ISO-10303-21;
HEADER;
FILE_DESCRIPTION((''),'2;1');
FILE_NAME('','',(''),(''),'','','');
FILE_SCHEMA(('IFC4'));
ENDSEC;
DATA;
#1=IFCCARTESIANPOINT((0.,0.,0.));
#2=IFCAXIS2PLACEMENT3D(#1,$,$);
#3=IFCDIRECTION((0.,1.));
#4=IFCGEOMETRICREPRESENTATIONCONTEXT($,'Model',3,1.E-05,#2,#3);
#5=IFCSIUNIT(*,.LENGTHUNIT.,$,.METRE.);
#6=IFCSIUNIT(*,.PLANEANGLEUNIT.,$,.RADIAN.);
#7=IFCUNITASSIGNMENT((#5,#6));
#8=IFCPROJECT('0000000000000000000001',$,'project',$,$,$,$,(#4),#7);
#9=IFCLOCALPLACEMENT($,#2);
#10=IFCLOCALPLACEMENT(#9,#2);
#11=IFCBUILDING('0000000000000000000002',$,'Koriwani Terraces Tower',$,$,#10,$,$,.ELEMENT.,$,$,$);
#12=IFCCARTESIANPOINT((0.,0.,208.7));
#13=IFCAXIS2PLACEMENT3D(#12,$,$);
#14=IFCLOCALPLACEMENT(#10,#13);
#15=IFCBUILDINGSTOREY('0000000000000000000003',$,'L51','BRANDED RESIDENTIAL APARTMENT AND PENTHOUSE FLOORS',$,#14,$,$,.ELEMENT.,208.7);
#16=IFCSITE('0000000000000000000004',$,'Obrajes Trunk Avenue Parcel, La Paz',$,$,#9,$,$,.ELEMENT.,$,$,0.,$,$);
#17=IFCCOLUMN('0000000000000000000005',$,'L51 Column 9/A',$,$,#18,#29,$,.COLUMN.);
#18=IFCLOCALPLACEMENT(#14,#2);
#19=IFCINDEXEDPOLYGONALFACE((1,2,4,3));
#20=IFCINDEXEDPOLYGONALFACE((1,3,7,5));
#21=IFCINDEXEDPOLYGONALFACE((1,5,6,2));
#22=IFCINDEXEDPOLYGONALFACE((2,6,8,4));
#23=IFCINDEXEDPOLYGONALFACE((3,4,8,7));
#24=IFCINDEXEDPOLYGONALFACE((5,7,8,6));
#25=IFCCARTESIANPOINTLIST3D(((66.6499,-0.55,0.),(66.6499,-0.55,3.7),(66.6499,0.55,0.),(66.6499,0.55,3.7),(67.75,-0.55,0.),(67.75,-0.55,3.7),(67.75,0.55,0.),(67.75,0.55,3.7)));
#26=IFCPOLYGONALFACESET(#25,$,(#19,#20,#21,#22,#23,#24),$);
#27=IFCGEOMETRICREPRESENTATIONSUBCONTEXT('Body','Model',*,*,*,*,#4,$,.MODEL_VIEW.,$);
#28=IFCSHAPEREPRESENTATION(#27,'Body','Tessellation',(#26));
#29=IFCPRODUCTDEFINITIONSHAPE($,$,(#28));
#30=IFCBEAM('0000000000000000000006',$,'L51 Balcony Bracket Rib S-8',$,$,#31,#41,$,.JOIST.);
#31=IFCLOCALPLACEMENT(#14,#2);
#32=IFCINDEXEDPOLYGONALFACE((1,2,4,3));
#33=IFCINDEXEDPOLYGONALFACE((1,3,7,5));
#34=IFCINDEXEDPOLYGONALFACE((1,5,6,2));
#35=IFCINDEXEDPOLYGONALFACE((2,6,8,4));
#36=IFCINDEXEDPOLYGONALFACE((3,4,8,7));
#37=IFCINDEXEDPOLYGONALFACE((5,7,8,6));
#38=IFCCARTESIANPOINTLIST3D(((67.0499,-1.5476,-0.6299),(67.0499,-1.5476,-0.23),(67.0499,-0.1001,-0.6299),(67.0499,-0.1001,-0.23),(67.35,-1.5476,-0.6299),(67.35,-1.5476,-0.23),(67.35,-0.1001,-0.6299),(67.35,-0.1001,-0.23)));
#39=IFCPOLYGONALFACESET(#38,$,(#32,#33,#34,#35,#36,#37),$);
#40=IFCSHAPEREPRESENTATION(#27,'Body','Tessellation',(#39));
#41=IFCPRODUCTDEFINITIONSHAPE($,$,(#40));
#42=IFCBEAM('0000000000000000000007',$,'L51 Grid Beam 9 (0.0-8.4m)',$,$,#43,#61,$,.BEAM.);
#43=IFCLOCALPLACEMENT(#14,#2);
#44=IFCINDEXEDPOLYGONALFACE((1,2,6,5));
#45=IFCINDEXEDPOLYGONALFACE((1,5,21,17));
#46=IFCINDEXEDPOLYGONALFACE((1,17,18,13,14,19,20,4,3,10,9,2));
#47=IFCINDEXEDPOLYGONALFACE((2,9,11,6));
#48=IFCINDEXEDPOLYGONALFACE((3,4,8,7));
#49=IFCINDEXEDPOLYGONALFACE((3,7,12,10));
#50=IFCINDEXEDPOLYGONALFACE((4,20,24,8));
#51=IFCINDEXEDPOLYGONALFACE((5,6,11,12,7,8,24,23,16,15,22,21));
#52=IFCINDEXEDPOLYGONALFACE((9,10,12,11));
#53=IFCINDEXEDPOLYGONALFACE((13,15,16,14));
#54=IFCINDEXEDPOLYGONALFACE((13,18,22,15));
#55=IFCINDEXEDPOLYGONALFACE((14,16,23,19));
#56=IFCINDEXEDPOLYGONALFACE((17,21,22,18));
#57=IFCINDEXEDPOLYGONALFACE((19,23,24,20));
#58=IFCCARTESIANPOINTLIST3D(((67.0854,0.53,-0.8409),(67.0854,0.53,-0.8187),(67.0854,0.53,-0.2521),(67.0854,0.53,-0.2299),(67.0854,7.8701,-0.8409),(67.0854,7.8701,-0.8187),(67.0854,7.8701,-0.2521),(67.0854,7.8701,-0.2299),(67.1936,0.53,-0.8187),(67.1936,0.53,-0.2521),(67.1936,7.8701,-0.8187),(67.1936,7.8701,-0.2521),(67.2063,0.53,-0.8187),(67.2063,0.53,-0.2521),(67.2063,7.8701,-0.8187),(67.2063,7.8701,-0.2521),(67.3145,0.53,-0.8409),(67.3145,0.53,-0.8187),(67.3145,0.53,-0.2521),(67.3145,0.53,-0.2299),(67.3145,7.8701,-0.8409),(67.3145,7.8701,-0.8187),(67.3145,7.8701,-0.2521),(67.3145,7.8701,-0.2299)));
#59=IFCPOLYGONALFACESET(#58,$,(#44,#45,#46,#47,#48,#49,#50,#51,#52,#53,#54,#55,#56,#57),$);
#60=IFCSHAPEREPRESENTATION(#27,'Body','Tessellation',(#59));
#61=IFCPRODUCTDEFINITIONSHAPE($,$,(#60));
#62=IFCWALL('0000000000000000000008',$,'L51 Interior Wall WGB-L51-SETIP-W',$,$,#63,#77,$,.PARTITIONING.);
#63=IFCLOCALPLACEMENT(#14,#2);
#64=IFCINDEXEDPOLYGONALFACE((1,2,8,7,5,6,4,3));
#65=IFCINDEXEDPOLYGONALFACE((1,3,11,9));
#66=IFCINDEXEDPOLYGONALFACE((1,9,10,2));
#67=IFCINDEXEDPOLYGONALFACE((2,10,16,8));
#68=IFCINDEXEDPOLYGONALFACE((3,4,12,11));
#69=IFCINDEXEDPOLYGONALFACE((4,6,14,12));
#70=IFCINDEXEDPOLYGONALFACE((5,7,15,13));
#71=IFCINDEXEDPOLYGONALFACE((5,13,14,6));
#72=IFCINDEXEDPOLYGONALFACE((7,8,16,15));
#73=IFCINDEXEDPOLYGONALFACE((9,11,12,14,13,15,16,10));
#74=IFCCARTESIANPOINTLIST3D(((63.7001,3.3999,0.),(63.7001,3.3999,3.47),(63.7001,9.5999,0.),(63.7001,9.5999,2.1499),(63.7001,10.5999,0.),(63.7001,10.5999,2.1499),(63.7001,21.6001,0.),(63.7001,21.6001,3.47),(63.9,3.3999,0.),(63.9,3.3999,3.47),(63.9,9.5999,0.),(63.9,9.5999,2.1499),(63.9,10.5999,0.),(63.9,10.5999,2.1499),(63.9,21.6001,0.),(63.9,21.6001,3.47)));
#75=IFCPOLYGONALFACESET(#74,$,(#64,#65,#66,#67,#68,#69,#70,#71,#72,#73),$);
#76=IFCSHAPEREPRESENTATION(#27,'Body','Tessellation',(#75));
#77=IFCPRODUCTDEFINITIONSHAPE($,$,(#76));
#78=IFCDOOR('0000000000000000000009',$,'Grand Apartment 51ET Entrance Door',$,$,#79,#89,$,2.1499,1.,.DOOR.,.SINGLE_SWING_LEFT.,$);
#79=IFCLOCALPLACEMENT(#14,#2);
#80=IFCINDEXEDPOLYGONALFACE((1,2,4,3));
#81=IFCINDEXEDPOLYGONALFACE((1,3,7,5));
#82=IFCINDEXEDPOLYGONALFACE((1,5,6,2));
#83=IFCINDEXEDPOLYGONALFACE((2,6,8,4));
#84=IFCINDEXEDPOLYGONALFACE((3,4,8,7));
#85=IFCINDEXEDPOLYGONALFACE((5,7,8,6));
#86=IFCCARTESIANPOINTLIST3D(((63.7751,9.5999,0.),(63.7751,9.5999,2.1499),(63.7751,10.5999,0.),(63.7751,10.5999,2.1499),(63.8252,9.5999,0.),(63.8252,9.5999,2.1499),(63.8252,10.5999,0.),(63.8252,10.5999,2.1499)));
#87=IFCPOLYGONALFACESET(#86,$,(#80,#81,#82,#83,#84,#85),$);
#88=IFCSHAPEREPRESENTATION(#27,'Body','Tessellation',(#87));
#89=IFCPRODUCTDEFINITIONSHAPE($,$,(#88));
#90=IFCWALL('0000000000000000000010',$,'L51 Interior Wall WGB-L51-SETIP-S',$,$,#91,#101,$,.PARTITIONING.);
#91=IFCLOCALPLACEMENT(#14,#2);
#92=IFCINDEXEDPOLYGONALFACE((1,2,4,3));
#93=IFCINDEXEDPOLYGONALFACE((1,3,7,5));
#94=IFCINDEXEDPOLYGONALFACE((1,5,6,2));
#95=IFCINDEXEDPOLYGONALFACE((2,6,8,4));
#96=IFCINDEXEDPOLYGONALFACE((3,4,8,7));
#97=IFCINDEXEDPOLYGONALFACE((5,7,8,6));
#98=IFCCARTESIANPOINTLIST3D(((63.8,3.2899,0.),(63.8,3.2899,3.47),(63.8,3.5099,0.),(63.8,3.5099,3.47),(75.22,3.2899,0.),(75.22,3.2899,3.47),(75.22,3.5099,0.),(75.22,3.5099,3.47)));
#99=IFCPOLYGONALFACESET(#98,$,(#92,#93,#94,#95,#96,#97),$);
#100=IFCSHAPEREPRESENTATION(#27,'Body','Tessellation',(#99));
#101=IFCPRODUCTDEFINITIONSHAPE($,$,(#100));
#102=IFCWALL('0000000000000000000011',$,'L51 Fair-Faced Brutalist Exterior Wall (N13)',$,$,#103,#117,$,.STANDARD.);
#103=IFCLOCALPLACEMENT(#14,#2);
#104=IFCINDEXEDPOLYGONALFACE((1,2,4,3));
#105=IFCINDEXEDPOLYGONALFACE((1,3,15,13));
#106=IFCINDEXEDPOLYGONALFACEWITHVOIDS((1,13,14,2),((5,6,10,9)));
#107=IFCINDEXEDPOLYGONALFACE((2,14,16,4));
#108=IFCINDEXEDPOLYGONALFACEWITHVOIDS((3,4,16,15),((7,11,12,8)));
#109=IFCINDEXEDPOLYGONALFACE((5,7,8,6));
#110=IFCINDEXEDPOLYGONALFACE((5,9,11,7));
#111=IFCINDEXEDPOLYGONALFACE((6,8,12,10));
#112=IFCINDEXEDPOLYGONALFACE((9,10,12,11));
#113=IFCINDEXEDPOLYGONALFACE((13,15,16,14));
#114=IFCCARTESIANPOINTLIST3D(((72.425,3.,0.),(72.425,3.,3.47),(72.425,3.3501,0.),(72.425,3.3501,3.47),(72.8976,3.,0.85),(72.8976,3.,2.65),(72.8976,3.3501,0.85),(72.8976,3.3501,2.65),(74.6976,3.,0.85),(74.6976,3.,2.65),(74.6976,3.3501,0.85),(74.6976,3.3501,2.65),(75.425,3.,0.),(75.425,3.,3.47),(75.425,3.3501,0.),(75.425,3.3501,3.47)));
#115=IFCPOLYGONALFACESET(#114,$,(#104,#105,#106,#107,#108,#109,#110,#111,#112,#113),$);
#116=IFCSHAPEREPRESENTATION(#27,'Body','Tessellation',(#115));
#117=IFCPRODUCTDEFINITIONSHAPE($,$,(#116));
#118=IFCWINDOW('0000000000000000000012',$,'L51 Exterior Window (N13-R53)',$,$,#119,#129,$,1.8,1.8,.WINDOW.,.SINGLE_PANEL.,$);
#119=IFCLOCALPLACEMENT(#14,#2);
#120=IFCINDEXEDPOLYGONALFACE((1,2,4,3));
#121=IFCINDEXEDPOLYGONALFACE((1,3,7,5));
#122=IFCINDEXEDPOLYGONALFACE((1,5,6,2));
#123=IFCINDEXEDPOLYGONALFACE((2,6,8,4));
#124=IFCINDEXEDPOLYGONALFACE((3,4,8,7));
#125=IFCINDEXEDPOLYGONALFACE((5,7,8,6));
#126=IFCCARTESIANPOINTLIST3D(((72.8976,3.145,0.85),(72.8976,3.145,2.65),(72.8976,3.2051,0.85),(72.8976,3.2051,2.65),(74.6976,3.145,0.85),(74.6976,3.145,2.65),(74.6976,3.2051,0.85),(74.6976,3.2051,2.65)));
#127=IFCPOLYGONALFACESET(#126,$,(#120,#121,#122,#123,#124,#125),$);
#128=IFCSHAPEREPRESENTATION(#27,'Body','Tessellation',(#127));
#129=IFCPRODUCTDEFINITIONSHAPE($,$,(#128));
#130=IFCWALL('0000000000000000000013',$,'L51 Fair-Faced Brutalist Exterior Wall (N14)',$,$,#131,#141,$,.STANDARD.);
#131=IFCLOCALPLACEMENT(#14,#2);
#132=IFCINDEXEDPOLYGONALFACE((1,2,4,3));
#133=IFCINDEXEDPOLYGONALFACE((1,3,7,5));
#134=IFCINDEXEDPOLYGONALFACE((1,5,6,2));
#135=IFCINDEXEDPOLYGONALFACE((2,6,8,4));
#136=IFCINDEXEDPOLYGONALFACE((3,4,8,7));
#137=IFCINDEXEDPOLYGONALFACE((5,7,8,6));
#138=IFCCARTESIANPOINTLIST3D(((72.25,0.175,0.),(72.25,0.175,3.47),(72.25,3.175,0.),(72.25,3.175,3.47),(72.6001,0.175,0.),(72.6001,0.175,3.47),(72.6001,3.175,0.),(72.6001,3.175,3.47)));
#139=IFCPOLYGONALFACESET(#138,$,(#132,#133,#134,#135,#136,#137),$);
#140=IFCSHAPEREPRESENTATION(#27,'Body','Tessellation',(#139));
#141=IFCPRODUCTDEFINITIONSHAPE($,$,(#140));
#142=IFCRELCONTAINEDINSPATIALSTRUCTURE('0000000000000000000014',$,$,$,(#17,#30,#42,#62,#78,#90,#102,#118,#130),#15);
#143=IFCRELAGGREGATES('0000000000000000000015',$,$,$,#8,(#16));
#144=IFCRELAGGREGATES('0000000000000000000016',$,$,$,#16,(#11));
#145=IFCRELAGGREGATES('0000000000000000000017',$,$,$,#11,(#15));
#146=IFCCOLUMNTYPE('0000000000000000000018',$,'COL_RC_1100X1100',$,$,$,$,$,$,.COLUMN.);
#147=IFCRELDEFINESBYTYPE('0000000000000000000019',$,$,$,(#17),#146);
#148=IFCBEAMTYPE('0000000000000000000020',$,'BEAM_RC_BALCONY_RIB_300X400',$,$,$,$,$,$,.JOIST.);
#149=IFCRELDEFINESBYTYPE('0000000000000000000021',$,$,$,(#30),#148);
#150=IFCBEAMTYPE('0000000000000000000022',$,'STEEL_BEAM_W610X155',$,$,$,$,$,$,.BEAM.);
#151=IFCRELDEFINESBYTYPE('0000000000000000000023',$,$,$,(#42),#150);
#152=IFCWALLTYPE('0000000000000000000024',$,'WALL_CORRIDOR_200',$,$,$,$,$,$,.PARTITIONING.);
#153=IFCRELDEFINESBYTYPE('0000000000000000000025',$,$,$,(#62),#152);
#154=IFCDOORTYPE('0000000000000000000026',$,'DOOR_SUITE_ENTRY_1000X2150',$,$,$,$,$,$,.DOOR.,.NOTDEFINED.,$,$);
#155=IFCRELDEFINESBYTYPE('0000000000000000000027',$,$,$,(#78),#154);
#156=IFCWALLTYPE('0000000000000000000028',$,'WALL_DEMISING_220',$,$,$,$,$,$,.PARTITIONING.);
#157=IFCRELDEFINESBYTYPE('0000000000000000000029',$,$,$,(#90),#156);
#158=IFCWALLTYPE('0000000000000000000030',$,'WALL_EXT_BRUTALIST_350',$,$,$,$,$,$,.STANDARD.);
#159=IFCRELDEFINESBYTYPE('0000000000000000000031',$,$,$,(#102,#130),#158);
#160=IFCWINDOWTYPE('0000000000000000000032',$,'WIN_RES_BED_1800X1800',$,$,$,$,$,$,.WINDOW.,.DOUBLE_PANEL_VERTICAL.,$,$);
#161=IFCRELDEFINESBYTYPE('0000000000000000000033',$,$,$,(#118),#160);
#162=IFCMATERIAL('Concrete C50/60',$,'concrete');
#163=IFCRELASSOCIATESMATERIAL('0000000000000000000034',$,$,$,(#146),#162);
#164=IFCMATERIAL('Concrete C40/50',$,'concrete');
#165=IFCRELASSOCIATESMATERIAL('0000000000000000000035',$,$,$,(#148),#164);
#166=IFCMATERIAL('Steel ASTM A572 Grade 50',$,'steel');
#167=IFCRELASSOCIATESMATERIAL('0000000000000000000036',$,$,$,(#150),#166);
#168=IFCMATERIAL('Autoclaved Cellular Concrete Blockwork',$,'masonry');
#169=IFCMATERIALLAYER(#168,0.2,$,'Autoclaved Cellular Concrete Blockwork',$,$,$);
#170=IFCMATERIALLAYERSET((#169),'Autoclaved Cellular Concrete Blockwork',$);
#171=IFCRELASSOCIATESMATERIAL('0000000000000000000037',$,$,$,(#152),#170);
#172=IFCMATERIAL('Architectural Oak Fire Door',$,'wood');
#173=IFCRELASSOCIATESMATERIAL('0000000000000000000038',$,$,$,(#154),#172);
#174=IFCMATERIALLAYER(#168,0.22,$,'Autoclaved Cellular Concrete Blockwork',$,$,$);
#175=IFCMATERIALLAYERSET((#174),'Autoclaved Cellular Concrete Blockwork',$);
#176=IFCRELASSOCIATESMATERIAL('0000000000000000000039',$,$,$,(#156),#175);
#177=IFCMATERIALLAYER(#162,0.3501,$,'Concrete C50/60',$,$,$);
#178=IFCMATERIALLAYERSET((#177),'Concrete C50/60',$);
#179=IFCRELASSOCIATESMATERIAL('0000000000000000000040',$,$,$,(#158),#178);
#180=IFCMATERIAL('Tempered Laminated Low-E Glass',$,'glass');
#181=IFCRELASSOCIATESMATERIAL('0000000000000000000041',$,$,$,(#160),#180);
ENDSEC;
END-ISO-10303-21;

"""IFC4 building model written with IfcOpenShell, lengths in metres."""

from ifc_helpers import new_model, si_unit, direction, frame, frame_2d, origin, origin_2d, place, context, subcontext, project, spatial, rectangle, i_section, extrude, material, layer, layer_set, material_profile, profile_set, type_object, element, fill, save


model = new_model("IFC4")

# Units and contexts
model_context = context("Model", 3, precision=1e-05, world=origin(), true_north=direction((0.0, 1.0)))
body_context = subcontext(model_context, "Body", "Model", "MODEL_VIEW")
ifc_project = project(units=[si_unit("LENGTHUNIT", "METRE"), si_unit("PLANEANGLEUNIT", "RADIAN")], contexts=[model_context])

# Site, building, storey
site_placement = place(None, origin())
site = spatial("IfcSite", under=ifc_project, at=site_placement, Name="Obrajes Trunk Avenue Parcel, La Paz", CompositionType="ELEMENT", RefElevation=0.0)
building_placement = place(site_placement, origin())
building = spatial("IfcBuilding", under=site, at=building_placement, Name="Koriwani Terraces Tower", CompositionType="ELEMENT")
storey_placement = place(building_placement, frame((0.0, 0.0, 208.7)))
storey = spatial("IfcBuildingStorey", under=building, at=storey_placement, Name="L51", Description="BRANDED RESIDENTIAL APARTMENT AND PENTHOUSE FLOORS", CompositionType="ELEMENT", Elevation=208.7)

# Column
ifc_material_1 = material(Name="Concrete C50/60", Category="concrete")
ifc_material_profile_1 = material_profile(ifc_material_1, rectangle(XDim=1.1001, YDim=1.1001, at=origin_2d()), Name="Concrete C50/60", Category="LoadBearing")
ifc_profile_set_1 = profile_set([ifc_material_profile_1], Name="Concrete C50/60")
column_type = type_object("IfcColumnType", Name="COL_RC_1100X1100", PredefinedType="COLUMN", material=ifc_profile_set_1)
column_placement = place(storey_placement, frame((67.2, 0.0, 0.0), z_axis=(0.0, 0.0, 1.0), x_axis=(1.0, 0.0, 0.0)))
element("IfcColumn", 1, at=column_placement, inside=storey, type_object=column_type, Name="L51 Column 9/A", PredefinedType="COLUMN", context=body_context, shape_type="SweptSolid", body=[
    extrude(rectangle(XDim=1.1001, YDim=1.1001, at=origin_2d()), origin(), (0.0, 0.0, 1.0), 3.7),
])

# Beams
ifc_material_2 = material(Name="Concrete C40/50", Category="concrete")
ifc_material_profile_2 = material_profile(ifc_material_2, rectangle(XDim=0.3, YDim=0.3999, at=origin_2d()), Name="Concrete C40/50", Category="LoadBearing")
ifc_profile_set_2 = profile_set([ifc_material_profile_2], Name="Concrete C40/50")
beam_type_1 = type_object("IfcBeamType", Name="BEAM_RC_BALCONY_RIB_300X400", PredefinedType="JOIST", material=ifc_profile_set_2)
beam_1_placement = place(storey_placement, frame((67.2, -1.5476, -0.4299), z_axis=(0.0, 1.0, 0.0), x_axis=(-1.0, 0.0, 0.0)))
element("IfcBeam", 2, at=beam_1_placement, inside=storey, type_object=beam_type_1, Name="L51 Balcony Bracket Rib S-8", PredefinedType="JOIST", context=body_context, shape_type="SweptSolid", body=[
    extrude(rectangle(XDim=0.3, YDim=0.3999, at=origin_2d()), origin(), (0.0, 0.0, 1.0), 1.4475),
])
ifc_material_3 = material(Name="Steel ASTM A572 Grade 50", Category="steel")
ifc_material_profile_3 = material_profile(ifc_material_3, i_section(OverallWidth=0.229, OverallDepth=0.6111, WebThickness=0.0127, FlangeThickness=0.0222, at=origin_2d()), Name="Steel ASTM A572 Grade 50", Category="LoadBearing")
ifc_profile_set_3 = profile_set([ifc_material_profile_3], Name="Steel ASTM A572 Grade 50")
beam_type_2 = type_object("IfcBeamType", Name="STEEL_BEAM_W610X155", PredefinedType="BEAM", material=ifc_profile_set_3)
beam_2_placement = place(storey_placement, frame((67.2, 0.53, -0.5354), z_axis=(0.0, 1.0, 0.0), x_axis=(-1.0, 0.0, 0.0)))
element("IfcBeam", 3, at=beam_2_placement, inside=storey, type_object=beam_type_2, Name="L51 Grid Beam 9 (0.0-8.4m)", PredefinedType="BEAM", context=body_context, shape_type="SweptSolid", body=[
    extrude(i_section(OverallWidth=0.229, OverallDepth=0.6111, WebThickness=0.0127, FlangeThickness=0.0222, at=origin_2d()), origin(), (0.0, 0.0, 1.0), 7.3401),
])

# Wall, opening, door
ifc_material_4 = material(Name="Autoclaved Cellular Concrete Blockwork", Category="masonry")
ifc_layer_1 = layer(ifc_material_4, 0.2, Name="Autoclaved Cellular Concrete Blockwork")
ifc_layer_set_1 = layer_set([ifc_layer_1], Name="Autoclaved Cellular Concrete Blockwork")
wall_type_1 = type_object("IfcWallType", Name="WALL_CORRIDOR_200", PredefinedType="PARTITIONING", material=ifc_layer_set_1)
wall_1_placement = place(storey_placement, frame((63.8, 3.3999, 0.0), z_axis=(0.0, 0.0, 1.0), x_axis=(0.0, 1.0, 0.0)))
wall_1 = element("IfcWall", 4, at=wall_1_placement, inside=storey, type_object=wall_type_1, Name="L51 Interior Wall WGB-L51-SETIP-W", PredefinedType="PARTITIONING", context=body_context, shape_type="SweptSolid", body=[
    extrude(rectangle(XDim=18.2002, YDim=0.2, at=frame_2d((9.1001, 0.0))), origin(), (0.0, 0.0, 1.0), 3.47),
])
opening_1_placement = place(wall_1_placement, frame((6.2, 0.0, 0.0)))
opening_1 = element("IfcOpeningElement", 5, at=opening_1_placement, cuts=wall_1, PredefinedType="OPENING", context=body_context, shape_type="SweptSolid", body=[
    extrude(rectangle(XDim=1.0, YDim=2.1499, at=frame_2d((0.5, 1.075))), frame((0.0, 0.1099, 0.0), z_axis=(0.0, -1.0, 0.0), x_axis=(1.0, 0.0, 0.0)), (0.0, 0.0, 1.0), 0.22),
])
ifc_material_5 = material(Name="Architectural Oak Fire Door", Category="wood")
door_type_1 = type_object("IfcDoorType", Name="DOOR_SUITE_ENTRY_1000X2150", OperationType="NOTDEFINED", PredefinedType="DOOR", material=ifc_material_5)
door_1_placement = place(opening_1_placement, origin())
door_1 = element("IfcDoor", 6, at=door_1_placement, inside=storey, type_object=door_type_1, Name="Grand Apartment 51ET Entrance Door", OperationType="SINGLE_SWING_LEFT", OverallHeight=2.1499, OverallWidth=1.0, PredefinedType="DOOR", context=body_context, shape_type="SweptSolid", body=[
    extrude(rectangle(XDim=1.0, YDim=2.1499, at=frame_2d((0.5, 1.075))), frame((0.0, 0.0249, 0.0), z_axis=(0.0, -1.0, 0.0), x_axis=(1.0, 0.0, 0.0)), (0.0, 0.0, 1.0), 0.05),
])
fill(opening_1, door_1)

# Wall
ifc_layer_2 = layer(ifc_material_4, 0.22, Name="Autoclaved Cellular Concrete Blockwork")
ifc_layer_set_2 = layer_set([ifc_layer_2], Name="Autoclaved Cellular Concrete Blockwork")
wall_type_2 = type_object("IfcWallType", Name="WALL_DEMISING_220", PredefinedType="PARTITIONING", material=ifc_layer_set_2)
wall_2_placement = place(storey_placement, frame((63.8, 3.3999, 0.0), z_axis=(0.0, 0.0, 1.0), x_axis=(1.0, 0.0, 0.0)))
element("IfcWall", 7, at=wall_2_placement, inside=storey, type_object=wall_type_2, Name="L51 Interior Wall WGB-L51-SETIP-S", PredefinedType="PARTITIONING", context=body_context, shape_type="SweptSolid", body=[
    extrude(rectangle(XDim=11.4199, YDim=0.22, at=frame_2d((5.71, 0.0))), origin(), (0.0, 0.0, 1.0), 3.47),
])

# Wall, opening, window
ifc_layer_3 = layer(ifc_material_1, 0.3501, Name="Concrete C50/60")
ifc_layer_set_3 = layer_set([ifc_layer_3], Name="Concrete C50/60")
wall_type_3 = type_object("IfcWallType", Name="WALL_EXT_BRUTALIST_350", PredefinedType="STANDARD", material=ifc_layer_set_3)
wall_3_placement = place(storey_placement, frame((75.425, 3.175, 0.0), z_axis=(0.0, 0.0, 1.0), x_axis=(-1.0, 0.0, 0.0)))
wall_3 = element("IfcWall", 8, at=wall_3_placement, inside=storey, type_object=wall_type_3, Name="L51 Fair-Faced Brutalist Exterior Wall (N13)", PredefinedType="STANDARD", context=body_context, shape_type="SweptSolid", body=[
    extrude(rectangle(XDim=3.0, YDim=0.3501, at=frame_2d((1.5, 0.0))), origin(), (0.0, 0.0, 1.0), 3.47),
])
opening_2_placement = place(wall_3_placement, frame((0.7275, 0.0, 0.8501)))
opening_2 = element("IfcOpeningElement", 9, at=opening_2_placement, cuts=wall_3, PredefinedType="OPENING", context=body_context, shape_type="SweptSolid", body=[
    extrude(rectangle(XDim=1.8, YDim=1.8, at=frame_2d((0.8999, 0.8999))), frame((0.0, 0.1851, 0.0), z_axis=(0.0, -1.0, 0.0), x_axis=(1.0, 0.0, 0.0)), (0.0, 0.0, 1.0), 0.3701),
])
ifc_material_6 = material(Name="Tempered Laminated Low-E Glass", Category="glass")
window_type_1 = type_object("IfcWindowType", Name="WIN_RES_BED_1800X1800", PartitioningType="DOUBLE_PANEL_VERTICAL", PredefinedType="WINDOW", material=ifc_material_6)
window_1_placement = place(opening_2_placement, origin())
window_1 = element("IfcWindow", 10, at=window_1_placement, inside=storey, type_object=window_type_1, Name="L51 Exterior Window (N13-R53)", OverallHeight=1.8, OverallWidth=1.8, PartitioningType="SINGLE_PANEL", PredefinedType="WINDOW", context=body_context, shape_type="SweptSolid", body=[
    extrude(rectangle(XDim=1.8, YDim=1.8, at=frame_2d((0.8999, 0.8999))), frame((0.0, 0.03, 0.0), z_axis=(0.0, -1.0, 0.0), x_axis=(1.0, 0.0, 0.0)), (0.0, 0.0, 1.0), 0.0601),
])
fill(opening_2, window_1)

# Wall
wall_4_placement = place(storey_placement, frame((72.425, 3.175, 0.0), z_axis=(0.0, 0.0, 1.0), x_axis=(0.0, -1.0, 0.0)))
element("IfcWall", 11, at=wall_4_placement, inside=storey, type_object=wall_type_3, Name="L51 Fair-Faced Brutalist Exterior Wall (N14)", PredefinedType="STANDARD", context=body_context, shape_type="SweptSolid", body=[
    extrude(rectangle(XDim=3.0, YDim=0.3501, at=frame_2d((1.5, 0.0))), origin(), (0.0, 0.0, 1.0), 3.47),
])

save(model, "model.ifc")
